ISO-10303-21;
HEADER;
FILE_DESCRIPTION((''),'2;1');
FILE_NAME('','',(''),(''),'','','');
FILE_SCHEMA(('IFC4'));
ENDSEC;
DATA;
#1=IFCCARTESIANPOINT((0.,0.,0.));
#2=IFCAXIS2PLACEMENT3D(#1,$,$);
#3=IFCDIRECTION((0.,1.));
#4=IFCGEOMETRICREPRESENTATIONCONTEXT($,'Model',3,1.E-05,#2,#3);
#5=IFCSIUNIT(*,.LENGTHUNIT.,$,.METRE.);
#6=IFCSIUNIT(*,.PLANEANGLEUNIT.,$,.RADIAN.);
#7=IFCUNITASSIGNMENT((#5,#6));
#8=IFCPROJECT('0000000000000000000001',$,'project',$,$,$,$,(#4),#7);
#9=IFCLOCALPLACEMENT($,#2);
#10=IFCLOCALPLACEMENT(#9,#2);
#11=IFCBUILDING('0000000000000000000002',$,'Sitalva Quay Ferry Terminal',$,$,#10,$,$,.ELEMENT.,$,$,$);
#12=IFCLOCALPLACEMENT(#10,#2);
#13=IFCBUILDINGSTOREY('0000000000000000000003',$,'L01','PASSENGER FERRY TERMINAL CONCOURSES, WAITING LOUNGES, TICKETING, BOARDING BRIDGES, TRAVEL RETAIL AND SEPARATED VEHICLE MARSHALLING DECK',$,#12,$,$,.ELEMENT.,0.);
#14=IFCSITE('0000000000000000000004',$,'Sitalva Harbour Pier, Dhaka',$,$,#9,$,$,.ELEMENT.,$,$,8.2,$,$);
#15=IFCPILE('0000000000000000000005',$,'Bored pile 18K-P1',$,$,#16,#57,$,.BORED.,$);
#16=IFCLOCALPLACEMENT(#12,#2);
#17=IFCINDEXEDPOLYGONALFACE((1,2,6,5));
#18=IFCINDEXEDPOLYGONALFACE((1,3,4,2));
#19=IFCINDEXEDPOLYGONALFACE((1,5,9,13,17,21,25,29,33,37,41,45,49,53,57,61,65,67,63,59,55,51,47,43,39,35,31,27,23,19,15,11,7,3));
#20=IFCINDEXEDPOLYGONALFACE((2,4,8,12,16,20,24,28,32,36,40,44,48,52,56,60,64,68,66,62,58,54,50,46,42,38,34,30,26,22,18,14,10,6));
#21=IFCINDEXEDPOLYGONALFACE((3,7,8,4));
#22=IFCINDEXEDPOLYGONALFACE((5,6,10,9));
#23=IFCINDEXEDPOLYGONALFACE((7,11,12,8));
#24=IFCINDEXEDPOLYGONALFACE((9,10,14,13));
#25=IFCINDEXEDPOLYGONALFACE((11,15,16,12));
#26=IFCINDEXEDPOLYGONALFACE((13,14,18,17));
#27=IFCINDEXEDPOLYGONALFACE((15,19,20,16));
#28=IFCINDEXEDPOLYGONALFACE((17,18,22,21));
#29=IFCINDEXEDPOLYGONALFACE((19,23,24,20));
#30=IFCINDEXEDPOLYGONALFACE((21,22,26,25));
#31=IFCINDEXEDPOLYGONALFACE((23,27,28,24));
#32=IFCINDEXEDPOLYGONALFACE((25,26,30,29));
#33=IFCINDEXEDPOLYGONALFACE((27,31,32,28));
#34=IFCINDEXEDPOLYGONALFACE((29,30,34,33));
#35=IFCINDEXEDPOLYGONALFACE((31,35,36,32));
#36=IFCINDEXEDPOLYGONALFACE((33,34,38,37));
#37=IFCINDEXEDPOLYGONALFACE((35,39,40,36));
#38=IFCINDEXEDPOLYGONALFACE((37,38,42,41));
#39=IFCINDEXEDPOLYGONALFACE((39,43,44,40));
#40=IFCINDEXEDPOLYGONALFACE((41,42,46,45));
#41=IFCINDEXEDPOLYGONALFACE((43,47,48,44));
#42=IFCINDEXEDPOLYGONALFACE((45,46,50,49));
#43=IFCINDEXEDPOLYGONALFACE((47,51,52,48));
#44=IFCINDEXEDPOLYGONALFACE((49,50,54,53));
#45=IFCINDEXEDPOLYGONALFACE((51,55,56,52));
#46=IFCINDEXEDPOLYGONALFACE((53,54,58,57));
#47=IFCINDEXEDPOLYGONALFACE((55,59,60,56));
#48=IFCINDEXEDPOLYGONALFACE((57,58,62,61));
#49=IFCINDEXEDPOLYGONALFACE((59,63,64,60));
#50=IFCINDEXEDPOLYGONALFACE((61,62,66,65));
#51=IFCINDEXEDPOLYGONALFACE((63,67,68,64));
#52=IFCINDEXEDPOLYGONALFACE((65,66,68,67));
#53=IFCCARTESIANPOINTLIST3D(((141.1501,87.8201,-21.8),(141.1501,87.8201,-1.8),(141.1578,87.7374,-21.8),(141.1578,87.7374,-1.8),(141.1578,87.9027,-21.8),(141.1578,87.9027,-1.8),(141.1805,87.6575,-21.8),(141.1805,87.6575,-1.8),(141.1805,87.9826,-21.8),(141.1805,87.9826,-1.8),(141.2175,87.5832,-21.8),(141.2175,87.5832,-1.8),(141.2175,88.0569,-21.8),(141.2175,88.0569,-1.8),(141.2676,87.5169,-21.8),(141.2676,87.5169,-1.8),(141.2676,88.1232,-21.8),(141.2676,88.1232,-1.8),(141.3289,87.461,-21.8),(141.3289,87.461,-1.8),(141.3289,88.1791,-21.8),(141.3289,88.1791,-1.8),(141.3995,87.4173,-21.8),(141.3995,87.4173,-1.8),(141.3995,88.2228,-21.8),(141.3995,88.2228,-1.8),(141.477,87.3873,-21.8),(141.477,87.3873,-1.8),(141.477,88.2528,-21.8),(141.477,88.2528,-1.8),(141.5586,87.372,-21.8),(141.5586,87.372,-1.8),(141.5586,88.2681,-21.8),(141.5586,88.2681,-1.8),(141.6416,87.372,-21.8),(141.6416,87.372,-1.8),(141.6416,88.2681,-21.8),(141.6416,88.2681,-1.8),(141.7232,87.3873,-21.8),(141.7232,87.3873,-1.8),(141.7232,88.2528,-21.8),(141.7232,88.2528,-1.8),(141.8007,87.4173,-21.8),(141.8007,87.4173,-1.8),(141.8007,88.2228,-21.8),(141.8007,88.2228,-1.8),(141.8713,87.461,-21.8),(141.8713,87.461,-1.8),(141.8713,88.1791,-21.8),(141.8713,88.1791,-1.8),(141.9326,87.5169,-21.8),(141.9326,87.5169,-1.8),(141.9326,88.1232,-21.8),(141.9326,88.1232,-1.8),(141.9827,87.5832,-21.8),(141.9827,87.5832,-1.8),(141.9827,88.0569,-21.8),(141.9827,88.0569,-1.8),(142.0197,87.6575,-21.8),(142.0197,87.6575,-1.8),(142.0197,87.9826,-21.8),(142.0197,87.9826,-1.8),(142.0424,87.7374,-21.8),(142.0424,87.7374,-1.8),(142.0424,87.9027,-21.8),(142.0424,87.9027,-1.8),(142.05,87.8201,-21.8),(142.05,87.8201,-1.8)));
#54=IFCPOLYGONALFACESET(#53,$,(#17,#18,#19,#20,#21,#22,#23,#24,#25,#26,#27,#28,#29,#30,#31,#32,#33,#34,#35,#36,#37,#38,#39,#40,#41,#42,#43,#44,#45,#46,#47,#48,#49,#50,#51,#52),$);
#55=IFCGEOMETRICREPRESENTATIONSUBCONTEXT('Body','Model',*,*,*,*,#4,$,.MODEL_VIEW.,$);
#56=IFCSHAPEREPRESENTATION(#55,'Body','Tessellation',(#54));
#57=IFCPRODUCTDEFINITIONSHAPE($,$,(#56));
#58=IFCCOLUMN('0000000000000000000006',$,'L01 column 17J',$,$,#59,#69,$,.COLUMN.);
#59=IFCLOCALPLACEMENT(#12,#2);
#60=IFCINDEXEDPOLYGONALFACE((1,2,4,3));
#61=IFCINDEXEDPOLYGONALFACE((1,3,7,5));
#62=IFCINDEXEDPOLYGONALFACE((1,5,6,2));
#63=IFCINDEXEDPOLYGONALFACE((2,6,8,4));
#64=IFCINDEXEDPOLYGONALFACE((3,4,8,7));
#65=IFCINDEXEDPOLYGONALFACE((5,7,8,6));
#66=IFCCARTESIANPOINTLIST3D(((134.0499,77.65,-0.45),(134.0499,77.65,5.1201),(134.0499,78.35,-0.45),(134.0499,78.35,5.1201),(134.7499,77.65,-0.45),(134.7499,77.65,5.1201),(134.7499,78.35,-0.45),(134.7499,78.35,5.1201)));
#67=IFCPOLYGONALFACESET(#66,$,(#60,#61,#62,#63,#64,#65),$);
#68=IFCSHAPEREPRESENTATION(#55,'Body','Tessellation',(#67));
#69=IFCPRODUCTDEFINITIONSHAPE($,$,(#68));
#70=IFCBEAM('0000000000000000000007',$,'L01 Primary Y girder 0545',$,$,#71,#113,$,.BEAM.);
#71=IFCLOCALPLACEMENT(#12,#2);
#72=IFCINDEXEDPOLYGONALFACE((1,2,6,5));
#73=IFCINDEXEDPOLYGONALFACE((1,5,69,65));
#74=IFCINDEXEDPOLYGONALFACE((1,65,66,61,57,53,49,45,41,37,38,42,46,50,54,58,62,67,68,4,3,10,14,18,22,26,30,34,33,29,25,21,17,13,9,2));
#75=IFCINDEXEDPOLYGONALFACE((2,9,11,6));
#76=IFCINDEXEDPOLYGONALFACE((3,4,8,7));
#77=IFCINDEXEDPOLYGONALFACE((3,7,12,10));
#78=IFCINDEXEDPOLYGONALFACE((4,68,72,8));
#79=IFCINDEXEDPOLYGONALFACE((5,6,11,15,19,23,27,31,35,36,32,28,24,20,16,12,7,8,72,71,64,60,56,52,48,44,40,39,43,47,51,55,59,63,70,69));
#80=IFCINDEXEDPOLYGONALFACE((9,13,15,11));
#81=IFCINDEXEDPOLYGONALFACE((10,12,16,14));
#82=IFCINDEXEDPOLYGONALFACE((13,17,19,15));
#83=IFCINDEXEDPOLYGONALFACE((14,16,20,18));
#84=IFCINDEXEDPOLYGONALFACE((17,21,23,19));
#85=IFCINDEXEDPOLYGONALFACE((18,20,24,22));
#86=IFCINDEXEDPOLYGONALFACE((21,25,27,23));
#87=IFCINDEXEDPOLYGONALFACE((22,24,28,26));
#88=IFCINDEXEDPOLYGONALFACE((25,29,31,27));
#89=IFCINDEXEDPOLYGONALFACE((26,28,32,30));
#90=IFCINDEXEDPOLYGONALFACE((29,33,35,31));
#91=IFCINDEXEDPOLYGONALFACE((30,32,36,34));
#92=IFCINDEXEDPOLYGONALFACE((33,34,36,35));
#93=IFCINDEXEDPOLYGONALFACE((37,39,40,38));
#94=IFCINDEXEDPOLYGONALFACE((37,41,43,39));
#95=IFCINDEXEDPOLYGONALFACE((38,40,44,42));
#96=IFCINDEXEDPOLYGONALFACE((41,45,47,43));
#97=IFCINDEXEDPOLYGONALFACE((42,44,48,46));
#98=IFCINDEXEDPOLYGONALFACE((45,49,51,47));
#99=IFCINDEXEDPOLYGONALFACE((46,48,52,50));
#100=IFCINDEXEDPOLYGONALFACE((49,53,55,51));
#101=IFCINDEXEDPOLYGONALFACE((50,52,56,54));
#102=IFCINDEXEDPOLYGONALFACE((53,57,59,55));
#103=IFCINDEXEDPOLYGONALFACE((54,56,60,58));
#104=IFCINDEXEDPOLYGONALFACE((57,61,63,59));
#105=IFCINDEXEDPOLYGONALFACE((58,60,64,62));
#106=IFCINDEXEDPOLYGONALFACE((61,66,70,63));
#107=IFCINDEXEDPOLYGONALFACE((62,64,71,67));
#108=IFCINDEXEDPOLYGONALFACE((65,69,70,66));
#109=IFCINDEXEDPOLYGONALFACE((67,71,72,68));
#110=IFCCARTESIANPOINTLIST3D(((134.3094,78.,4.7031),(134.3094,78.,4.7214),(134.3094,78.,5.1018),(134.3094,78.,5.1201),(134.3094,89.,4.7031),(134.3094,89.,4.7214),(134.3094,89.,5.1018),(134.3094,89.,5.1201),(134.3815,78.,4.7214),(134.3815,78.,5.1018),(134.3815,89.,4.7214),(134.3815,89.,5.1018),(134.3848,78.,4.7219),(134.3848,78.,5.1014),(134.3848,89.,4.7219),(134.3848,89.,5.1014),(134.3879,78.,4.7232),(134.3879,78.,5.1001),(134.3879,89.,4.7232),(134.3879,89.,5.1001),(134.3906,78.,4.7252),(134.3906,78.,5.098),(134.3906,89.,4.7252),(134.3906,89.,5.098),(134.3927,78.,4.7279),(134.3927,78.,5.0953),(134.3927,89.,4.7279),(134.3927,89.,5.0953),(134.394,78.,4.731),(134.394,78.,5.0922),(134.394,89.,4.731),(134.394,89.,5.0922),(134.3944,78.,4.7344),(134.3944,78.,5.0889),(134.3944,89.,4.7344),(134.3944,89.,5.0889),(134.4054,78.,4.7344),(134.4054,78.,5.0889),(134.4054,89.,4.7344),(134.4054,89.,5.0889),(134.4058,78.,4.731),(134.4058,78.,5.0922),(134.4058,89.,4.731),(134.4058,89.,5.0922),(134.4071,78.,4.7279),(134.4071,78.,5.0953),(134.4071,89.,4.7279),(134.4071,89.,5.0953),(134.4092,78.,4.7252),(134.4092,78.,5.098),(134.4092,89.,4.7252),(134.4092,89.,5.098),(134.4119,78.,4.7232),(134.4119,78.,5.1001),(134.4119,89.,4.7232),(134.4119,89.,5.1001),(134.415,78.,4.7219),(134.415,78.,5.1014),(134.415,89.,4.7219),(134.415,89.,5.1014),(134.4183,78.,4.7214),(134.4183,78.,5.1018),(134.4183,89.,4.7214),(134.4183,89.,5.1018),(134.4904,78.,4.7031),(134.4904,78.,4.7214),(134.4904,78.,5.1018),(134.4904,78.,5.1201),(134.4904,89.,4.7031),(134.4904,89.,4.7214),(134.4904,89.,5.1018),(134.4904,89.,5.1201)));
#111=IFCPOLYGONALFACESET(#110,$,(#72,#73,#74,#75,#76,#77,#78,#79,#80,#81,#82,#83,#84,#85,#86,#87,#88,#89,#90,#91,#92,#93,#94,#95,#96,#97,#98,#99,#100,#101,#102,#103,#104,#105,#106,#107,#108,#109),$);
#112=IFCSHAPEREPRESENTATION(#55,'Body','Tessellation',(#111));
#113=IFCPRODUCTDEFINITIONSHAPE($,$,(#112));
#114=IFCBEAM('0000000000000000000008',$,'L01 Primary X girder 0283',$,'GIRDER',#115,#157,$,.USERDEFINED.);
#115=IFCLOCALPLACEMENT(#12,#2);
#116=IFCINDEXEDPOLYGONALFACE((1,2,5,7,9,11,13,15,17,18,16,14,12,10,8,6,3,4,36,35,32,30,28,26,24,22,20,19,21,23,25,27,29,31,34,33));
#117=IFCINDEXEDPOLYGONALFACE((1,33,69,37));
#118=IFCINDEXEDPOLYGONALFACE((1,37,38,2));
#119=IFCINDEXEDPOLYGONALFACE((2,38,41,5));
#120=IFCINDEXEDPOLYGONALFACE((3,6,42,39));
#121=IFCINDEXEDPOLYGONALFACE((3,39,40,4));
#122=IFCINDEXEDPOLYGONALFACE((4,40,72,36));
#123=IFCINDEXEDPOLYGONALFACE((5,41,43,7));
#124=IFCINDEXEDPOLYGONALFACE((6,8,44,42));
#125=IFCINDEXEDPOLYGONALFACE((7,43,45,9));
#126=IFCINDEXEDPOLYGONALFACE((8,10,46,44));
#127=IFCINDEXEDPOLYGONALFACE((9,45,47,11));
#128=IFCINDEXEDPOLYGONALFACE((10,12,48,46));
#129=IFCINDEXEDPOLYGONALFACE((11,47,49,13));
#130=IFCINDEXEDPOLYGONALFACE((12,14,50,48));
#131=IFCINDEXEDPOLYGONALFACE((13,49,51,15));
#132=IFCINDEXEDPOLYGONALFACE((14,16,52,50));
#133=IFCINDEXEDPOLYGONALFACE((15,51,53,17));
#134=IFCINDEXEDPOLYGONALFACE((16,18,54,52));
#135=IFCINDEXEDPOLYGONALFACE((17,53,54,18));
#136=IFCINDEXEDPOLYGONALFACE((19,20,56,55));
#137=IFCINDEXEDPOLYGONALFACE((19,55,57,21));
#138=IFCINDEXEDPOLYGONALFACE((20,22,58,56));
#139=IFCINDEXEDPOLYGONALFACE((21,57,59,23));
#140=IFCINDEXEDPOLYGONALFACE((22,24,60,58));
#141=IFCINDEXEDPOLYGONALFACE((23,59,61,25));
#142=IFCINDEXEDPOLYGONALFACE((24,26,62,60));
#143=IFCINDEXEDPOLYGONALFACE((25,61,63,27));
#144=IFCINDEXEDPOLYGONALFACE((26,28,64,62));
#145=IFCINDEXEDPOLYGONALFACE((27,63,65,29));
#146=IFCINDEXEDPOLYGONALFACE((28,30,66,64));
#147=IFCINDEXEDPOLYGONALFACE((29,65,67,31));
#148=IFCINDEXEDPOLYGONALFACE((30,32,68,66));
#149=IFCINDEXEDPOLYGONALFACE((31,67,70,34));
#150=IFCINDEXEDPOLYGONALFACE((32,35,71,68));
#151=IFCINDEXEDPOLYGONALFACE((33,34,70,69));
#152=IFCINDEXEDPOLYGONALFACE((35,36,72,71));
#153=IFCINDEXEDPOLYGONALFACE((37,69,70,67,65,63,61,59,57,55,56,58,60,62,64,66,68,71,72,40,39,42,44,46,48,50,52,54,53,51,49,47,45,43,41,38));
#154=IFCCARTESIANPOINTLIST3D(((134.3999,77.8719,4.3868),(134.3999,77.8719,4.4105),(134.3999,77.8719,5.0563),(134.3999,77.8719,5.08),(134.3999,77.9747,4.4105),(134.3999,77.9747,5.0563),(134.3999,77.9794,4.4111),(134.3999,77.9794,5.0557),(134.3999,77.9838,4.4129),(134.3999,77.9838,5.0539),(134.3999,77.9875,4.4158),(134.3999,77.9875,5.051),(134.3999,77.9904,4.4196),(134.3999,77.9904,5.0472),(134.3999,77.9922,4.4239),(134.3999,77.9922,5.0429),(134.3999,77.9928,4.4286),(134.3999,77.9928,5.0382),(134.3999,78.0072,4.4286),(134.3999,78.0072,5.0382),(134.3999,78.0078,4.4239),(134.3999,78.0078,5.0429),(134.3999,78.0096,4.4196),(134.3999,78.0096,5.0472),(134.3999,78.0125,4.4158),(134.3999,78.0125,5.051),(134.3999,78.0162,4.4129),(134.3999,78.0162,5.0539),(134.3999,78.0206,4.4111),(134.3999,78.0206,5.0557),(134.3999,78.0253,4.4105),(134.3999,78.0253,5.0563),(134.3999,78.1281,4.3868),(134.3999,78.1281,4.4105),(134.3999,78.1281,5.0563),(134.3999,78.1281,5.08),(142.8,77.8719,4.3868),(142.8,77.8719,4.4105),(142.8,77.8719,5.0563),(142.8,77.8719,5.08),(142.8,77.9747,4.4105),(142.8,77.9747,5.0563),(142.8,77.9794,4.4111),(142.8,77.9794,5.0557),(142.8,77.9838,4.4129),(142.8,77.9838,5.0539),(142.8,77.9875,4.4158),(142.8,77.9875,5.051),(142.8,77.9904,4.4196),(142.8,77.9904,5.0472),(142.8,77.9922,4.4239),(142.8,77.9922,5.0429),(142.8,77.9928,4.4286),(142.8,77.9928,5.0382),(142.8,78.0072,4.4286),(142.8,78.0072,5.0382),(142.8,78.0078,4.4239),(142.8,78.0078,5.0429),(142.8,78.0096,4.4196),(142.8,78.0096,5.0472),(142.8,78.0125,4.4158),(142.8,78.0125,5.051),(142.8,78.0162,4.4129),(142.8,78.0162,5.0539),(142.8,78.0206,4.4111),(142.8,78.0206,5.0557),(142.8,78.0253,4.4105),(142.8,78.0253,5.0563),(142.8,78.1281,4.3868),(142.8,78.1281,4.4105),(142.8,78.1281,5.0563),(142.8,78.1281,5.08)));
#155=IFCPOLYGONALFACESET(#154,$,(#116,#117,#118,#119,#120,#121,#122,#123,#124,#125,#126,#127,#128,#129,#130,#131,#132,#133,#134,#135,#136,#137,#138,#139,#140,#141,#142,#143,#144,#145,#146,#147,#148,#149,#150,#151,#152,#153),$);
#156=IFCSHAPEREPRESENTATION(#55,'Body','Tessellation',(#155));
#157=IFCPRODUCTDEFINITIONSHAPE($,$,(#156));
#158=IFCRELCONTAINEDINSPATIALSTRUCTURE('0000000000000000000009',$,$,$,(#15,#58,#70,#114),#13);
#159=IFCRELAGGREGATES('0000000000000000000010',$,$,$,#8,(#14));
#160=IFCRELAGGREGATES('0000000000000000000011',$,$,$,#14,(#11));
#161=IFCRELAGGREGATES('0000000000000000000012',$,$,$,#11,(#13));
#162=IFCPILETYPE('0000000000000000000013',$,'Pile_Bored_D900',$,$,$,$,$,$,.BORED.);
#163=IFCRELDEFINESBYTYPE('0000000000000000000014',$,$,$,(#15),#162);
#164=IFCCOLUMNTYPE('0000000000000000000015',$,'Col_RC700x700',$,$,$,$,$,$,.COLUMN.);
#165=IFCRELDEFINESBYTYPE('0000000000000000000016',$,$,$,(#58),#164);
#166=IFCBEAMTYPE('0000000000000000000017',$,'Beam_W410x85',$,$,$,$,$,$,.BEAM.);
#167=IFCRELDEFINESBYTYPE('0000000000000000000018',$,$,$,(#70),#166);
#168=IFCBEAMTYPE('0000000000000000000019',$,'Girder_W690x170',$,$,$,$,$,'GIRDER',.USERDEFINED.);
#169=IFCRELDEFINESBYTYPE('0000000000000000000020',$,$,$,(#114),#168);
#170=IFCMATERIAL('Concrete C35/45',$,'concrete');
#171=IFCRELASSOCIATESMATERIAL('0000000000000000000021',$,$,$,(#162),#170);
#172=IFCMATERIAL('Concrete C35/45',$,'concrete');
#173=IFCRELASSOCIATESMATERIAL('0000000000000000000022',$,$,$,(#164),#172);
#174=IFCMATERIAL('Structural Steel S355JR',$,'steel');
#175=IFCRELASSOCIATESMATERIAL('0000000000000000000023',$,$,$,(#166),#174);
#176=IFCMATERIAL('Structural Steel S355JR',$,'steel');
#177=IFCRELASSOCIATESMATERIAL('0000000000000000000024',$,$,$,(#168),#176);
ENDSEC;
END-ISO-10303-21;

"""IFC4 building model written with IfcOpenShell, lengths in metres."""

from ifc_helpers import new_model, si_unit, direction, frame, origin, origin_2d, place, context, subcontext, project, spatial, rectangle, circle, i_section, extrude, material, material_profile, profile_set, type_object, element, save


model = new_model("IFC4")

# Units and contexts
model_context = context("Model", 3, precision=1e-05, world=origin(), true_north=direction((0.0, 1.0)))
body_context = subcontext(model_context, "Body", "Model", "MODEL_VIEW")
ifc_project = project(units=[si_unit("LENGTHUNIT", "METRE"), si_unit("PLANEANGLEUNIT", "RADIAN")], contexts=[model_context])

# Site, building, storey
site_placement = place(None, origin())
site = spatial("IfcSite", under=ifc_project, at=site_placement, Name="Sitalva Harbour Pier, Dhaka", CompositionType="ELEMENT", RefElevation=8.2)
building_placement = place(site_placement, origin())
building = spatial("IfcBuilding", under=site, at=building_placement, Name="Sitalva Quay Ferry Terminal", CompositionType="ELEMENT")
storey_placement = place(building_placement, origin())
storey = spatial("IfcBuildingStorey", under=building, at=storey_placement, Name="L01", Description="PASSENGER FERRY TERMINAL CONCOURSES, WAITING LOUNGES, TICKETING, BOARDING BRIDGES, TRAVEL RETAIL AND SEPARATED VEHICLE MARSHALLING DECK", CompositionType="ELEMENT", Elevation=0.0)

# Pile
ifc_material_1 = material(Name="Concrete C35/45", Category="concrete")
ifc_material_profile_1 = material_profile(ifc_material_1, circle(Radius=0.45, at=origin_2d()), Name="PILE-D900")
ifc_profile_set_1 = profile_set([ifc_material_profile_1], Name="Concrete C35/45")
pile_type = type_object("IfcPileType", Name="Pile_Bored_D900", PredefinedType="BORED", material=ifc_profile_set_1)
for number, where, z_axis, x_axis, name in (
    (1, (141.6001, 87.8201, -1.8), (0.0, 0.0, -1.0), (1.0, 0.0, 0.0), "Bored pile 18K-P1"),
):
    element("IfcPile", number, at=place(storey_placement, frame(where, z_axis=z_axis, x_axis=x_axis)), inside=storey, type_object=pile_type, Name=name, PredefinedType="BORED", context=body_context, shape_type="SweptSolid", body=[
        extrude(circle(Radius=0.45, at=origin_2d()), origin(), (0.0, 0.0, 1.0), 20.0),
    ])

# Column
ifc_material_2 = material(Name="Concrete C35/45", Category="concrete")
ifc_material_profile_2 = material_profile(ifc_material_2, rectangle(XDim=0.7, YDim=0.7, at=origin_2d()), Name="RC700x700")
ifc_profile_set_2 = profile_set([ifc_material_profile_2], Name="Concrete C35/45")
column_type = type_object("IfcColumnType", Name="Col_RC700x700", PredefinedType="COLUMN", material=ifc_profile_set_2)
column_placement = place(storey_placement, frame((134.3999, 78.0, -0.45), z_axis=(0.0, 0.0, 1.0), x_axis=(1.0, 0.0, 0.0)))
element("IfcColumn", 2, at=column_placement, inside=storey, type_object=column_type, Name="L01 column 17J", PredefinedType="COLUMN", context=body_context, shape_type="SweptSolid", body=[
    extrude(rectangle(XDim=0.7, YDim=0.7, at=origin_2d()), origin(), (0.0, 0.0, 1.0), 5.5701),
])

# Beams
ifc_material_3 = material(Name="Structural Steel S355JR", Category="steel")
ifc_material_profile_3 = material_profile(ifc_material_3, i_section(OverallWidth=0.1809, OverallDepth=0.417, WebThickness=0.011, FlangeThickness=0.0183, FilletRadius=0.0129, at=origin_2d()), Name="W410x85")
ifc_profile_set_3 = profile_set([ifc_material_profile_3], Name="Structural Steel S355JR")
beam_type_1 = type_object("IfcBeamType", Name="Beam_W410x85", PredefinedType="BEAM", material=ifc_profile_set_3)
beam_1_placement = place(storey_placement, frame((134.3999, 78.0, 4.9116), z_axis=(0.0, 1.0, 0.0), x_axis=(-1.0, 0.0, 0.0)))
element("IfcBeam", 3, at=beam_1_placement, inside=storey, type_object=beam_type_1, Name="L01 Primary Y girder 0545", PredefinedType="BEAM", context=body_context, shape_type="SweptSolid", body=[
    extrude(i_section(OverallWidth=0.1809, OverallDepth=0.417, WebThickness=0.011, FlangeThickness=0.0183, FilletRadius=0.0129, at=origin_2d()), origin(), (0.0, 0.0, 1.0), 11.0),
])
ifc_material_4 = material(Name="Structural Steel S355JR", Category="steel")
ifc_material_profile_4 = material_profile(ifc_material_4, i_section(OverallWidth=0.2561, OverallDepth=0.6931, WebThickness=0.0144, FlangeThickness=0.0237, FilletRadius=0.0181, at=origin_2d()), Name="W690x170")
ifc_profile_set_4 = profile_set([ifc_material_profile_4], Name="Structural Steel S355JR")
beam_type_2 = type_object("IfcBeamType", Name="Girder_W690x170", ElementType="GIRDER", PredefinedType="USERDEFINED", material=ifc_profile_set_4)
beam_2_placement = place(storey_placement, frame((134.3999, 78.0, 4.7334), z_axis=(1.0, 0.0, 0.0), x_axis=(0.0, 1.0, 0.0)))
element("IfcBeam", 4, at=beam_2_placement, inside=storey, type_object=beam_type_2, Name="L01 Primary X girder 0283", ObjectType="GIRDER", PredefinedType="USERDEFINED", context=body_context, shape_type="SweptSolid", body=[
    extrude(i_section(OverallWidth=0.2561, OverallDepth=0.6931, WebThickness=0.0144, FlangeThickness=0.0237, FilletRadius=0.0181, at=origin_2d()), origin(), (0.0, 0.0, 1.0), 8.4001),
])

save(model, "model.ifc")
